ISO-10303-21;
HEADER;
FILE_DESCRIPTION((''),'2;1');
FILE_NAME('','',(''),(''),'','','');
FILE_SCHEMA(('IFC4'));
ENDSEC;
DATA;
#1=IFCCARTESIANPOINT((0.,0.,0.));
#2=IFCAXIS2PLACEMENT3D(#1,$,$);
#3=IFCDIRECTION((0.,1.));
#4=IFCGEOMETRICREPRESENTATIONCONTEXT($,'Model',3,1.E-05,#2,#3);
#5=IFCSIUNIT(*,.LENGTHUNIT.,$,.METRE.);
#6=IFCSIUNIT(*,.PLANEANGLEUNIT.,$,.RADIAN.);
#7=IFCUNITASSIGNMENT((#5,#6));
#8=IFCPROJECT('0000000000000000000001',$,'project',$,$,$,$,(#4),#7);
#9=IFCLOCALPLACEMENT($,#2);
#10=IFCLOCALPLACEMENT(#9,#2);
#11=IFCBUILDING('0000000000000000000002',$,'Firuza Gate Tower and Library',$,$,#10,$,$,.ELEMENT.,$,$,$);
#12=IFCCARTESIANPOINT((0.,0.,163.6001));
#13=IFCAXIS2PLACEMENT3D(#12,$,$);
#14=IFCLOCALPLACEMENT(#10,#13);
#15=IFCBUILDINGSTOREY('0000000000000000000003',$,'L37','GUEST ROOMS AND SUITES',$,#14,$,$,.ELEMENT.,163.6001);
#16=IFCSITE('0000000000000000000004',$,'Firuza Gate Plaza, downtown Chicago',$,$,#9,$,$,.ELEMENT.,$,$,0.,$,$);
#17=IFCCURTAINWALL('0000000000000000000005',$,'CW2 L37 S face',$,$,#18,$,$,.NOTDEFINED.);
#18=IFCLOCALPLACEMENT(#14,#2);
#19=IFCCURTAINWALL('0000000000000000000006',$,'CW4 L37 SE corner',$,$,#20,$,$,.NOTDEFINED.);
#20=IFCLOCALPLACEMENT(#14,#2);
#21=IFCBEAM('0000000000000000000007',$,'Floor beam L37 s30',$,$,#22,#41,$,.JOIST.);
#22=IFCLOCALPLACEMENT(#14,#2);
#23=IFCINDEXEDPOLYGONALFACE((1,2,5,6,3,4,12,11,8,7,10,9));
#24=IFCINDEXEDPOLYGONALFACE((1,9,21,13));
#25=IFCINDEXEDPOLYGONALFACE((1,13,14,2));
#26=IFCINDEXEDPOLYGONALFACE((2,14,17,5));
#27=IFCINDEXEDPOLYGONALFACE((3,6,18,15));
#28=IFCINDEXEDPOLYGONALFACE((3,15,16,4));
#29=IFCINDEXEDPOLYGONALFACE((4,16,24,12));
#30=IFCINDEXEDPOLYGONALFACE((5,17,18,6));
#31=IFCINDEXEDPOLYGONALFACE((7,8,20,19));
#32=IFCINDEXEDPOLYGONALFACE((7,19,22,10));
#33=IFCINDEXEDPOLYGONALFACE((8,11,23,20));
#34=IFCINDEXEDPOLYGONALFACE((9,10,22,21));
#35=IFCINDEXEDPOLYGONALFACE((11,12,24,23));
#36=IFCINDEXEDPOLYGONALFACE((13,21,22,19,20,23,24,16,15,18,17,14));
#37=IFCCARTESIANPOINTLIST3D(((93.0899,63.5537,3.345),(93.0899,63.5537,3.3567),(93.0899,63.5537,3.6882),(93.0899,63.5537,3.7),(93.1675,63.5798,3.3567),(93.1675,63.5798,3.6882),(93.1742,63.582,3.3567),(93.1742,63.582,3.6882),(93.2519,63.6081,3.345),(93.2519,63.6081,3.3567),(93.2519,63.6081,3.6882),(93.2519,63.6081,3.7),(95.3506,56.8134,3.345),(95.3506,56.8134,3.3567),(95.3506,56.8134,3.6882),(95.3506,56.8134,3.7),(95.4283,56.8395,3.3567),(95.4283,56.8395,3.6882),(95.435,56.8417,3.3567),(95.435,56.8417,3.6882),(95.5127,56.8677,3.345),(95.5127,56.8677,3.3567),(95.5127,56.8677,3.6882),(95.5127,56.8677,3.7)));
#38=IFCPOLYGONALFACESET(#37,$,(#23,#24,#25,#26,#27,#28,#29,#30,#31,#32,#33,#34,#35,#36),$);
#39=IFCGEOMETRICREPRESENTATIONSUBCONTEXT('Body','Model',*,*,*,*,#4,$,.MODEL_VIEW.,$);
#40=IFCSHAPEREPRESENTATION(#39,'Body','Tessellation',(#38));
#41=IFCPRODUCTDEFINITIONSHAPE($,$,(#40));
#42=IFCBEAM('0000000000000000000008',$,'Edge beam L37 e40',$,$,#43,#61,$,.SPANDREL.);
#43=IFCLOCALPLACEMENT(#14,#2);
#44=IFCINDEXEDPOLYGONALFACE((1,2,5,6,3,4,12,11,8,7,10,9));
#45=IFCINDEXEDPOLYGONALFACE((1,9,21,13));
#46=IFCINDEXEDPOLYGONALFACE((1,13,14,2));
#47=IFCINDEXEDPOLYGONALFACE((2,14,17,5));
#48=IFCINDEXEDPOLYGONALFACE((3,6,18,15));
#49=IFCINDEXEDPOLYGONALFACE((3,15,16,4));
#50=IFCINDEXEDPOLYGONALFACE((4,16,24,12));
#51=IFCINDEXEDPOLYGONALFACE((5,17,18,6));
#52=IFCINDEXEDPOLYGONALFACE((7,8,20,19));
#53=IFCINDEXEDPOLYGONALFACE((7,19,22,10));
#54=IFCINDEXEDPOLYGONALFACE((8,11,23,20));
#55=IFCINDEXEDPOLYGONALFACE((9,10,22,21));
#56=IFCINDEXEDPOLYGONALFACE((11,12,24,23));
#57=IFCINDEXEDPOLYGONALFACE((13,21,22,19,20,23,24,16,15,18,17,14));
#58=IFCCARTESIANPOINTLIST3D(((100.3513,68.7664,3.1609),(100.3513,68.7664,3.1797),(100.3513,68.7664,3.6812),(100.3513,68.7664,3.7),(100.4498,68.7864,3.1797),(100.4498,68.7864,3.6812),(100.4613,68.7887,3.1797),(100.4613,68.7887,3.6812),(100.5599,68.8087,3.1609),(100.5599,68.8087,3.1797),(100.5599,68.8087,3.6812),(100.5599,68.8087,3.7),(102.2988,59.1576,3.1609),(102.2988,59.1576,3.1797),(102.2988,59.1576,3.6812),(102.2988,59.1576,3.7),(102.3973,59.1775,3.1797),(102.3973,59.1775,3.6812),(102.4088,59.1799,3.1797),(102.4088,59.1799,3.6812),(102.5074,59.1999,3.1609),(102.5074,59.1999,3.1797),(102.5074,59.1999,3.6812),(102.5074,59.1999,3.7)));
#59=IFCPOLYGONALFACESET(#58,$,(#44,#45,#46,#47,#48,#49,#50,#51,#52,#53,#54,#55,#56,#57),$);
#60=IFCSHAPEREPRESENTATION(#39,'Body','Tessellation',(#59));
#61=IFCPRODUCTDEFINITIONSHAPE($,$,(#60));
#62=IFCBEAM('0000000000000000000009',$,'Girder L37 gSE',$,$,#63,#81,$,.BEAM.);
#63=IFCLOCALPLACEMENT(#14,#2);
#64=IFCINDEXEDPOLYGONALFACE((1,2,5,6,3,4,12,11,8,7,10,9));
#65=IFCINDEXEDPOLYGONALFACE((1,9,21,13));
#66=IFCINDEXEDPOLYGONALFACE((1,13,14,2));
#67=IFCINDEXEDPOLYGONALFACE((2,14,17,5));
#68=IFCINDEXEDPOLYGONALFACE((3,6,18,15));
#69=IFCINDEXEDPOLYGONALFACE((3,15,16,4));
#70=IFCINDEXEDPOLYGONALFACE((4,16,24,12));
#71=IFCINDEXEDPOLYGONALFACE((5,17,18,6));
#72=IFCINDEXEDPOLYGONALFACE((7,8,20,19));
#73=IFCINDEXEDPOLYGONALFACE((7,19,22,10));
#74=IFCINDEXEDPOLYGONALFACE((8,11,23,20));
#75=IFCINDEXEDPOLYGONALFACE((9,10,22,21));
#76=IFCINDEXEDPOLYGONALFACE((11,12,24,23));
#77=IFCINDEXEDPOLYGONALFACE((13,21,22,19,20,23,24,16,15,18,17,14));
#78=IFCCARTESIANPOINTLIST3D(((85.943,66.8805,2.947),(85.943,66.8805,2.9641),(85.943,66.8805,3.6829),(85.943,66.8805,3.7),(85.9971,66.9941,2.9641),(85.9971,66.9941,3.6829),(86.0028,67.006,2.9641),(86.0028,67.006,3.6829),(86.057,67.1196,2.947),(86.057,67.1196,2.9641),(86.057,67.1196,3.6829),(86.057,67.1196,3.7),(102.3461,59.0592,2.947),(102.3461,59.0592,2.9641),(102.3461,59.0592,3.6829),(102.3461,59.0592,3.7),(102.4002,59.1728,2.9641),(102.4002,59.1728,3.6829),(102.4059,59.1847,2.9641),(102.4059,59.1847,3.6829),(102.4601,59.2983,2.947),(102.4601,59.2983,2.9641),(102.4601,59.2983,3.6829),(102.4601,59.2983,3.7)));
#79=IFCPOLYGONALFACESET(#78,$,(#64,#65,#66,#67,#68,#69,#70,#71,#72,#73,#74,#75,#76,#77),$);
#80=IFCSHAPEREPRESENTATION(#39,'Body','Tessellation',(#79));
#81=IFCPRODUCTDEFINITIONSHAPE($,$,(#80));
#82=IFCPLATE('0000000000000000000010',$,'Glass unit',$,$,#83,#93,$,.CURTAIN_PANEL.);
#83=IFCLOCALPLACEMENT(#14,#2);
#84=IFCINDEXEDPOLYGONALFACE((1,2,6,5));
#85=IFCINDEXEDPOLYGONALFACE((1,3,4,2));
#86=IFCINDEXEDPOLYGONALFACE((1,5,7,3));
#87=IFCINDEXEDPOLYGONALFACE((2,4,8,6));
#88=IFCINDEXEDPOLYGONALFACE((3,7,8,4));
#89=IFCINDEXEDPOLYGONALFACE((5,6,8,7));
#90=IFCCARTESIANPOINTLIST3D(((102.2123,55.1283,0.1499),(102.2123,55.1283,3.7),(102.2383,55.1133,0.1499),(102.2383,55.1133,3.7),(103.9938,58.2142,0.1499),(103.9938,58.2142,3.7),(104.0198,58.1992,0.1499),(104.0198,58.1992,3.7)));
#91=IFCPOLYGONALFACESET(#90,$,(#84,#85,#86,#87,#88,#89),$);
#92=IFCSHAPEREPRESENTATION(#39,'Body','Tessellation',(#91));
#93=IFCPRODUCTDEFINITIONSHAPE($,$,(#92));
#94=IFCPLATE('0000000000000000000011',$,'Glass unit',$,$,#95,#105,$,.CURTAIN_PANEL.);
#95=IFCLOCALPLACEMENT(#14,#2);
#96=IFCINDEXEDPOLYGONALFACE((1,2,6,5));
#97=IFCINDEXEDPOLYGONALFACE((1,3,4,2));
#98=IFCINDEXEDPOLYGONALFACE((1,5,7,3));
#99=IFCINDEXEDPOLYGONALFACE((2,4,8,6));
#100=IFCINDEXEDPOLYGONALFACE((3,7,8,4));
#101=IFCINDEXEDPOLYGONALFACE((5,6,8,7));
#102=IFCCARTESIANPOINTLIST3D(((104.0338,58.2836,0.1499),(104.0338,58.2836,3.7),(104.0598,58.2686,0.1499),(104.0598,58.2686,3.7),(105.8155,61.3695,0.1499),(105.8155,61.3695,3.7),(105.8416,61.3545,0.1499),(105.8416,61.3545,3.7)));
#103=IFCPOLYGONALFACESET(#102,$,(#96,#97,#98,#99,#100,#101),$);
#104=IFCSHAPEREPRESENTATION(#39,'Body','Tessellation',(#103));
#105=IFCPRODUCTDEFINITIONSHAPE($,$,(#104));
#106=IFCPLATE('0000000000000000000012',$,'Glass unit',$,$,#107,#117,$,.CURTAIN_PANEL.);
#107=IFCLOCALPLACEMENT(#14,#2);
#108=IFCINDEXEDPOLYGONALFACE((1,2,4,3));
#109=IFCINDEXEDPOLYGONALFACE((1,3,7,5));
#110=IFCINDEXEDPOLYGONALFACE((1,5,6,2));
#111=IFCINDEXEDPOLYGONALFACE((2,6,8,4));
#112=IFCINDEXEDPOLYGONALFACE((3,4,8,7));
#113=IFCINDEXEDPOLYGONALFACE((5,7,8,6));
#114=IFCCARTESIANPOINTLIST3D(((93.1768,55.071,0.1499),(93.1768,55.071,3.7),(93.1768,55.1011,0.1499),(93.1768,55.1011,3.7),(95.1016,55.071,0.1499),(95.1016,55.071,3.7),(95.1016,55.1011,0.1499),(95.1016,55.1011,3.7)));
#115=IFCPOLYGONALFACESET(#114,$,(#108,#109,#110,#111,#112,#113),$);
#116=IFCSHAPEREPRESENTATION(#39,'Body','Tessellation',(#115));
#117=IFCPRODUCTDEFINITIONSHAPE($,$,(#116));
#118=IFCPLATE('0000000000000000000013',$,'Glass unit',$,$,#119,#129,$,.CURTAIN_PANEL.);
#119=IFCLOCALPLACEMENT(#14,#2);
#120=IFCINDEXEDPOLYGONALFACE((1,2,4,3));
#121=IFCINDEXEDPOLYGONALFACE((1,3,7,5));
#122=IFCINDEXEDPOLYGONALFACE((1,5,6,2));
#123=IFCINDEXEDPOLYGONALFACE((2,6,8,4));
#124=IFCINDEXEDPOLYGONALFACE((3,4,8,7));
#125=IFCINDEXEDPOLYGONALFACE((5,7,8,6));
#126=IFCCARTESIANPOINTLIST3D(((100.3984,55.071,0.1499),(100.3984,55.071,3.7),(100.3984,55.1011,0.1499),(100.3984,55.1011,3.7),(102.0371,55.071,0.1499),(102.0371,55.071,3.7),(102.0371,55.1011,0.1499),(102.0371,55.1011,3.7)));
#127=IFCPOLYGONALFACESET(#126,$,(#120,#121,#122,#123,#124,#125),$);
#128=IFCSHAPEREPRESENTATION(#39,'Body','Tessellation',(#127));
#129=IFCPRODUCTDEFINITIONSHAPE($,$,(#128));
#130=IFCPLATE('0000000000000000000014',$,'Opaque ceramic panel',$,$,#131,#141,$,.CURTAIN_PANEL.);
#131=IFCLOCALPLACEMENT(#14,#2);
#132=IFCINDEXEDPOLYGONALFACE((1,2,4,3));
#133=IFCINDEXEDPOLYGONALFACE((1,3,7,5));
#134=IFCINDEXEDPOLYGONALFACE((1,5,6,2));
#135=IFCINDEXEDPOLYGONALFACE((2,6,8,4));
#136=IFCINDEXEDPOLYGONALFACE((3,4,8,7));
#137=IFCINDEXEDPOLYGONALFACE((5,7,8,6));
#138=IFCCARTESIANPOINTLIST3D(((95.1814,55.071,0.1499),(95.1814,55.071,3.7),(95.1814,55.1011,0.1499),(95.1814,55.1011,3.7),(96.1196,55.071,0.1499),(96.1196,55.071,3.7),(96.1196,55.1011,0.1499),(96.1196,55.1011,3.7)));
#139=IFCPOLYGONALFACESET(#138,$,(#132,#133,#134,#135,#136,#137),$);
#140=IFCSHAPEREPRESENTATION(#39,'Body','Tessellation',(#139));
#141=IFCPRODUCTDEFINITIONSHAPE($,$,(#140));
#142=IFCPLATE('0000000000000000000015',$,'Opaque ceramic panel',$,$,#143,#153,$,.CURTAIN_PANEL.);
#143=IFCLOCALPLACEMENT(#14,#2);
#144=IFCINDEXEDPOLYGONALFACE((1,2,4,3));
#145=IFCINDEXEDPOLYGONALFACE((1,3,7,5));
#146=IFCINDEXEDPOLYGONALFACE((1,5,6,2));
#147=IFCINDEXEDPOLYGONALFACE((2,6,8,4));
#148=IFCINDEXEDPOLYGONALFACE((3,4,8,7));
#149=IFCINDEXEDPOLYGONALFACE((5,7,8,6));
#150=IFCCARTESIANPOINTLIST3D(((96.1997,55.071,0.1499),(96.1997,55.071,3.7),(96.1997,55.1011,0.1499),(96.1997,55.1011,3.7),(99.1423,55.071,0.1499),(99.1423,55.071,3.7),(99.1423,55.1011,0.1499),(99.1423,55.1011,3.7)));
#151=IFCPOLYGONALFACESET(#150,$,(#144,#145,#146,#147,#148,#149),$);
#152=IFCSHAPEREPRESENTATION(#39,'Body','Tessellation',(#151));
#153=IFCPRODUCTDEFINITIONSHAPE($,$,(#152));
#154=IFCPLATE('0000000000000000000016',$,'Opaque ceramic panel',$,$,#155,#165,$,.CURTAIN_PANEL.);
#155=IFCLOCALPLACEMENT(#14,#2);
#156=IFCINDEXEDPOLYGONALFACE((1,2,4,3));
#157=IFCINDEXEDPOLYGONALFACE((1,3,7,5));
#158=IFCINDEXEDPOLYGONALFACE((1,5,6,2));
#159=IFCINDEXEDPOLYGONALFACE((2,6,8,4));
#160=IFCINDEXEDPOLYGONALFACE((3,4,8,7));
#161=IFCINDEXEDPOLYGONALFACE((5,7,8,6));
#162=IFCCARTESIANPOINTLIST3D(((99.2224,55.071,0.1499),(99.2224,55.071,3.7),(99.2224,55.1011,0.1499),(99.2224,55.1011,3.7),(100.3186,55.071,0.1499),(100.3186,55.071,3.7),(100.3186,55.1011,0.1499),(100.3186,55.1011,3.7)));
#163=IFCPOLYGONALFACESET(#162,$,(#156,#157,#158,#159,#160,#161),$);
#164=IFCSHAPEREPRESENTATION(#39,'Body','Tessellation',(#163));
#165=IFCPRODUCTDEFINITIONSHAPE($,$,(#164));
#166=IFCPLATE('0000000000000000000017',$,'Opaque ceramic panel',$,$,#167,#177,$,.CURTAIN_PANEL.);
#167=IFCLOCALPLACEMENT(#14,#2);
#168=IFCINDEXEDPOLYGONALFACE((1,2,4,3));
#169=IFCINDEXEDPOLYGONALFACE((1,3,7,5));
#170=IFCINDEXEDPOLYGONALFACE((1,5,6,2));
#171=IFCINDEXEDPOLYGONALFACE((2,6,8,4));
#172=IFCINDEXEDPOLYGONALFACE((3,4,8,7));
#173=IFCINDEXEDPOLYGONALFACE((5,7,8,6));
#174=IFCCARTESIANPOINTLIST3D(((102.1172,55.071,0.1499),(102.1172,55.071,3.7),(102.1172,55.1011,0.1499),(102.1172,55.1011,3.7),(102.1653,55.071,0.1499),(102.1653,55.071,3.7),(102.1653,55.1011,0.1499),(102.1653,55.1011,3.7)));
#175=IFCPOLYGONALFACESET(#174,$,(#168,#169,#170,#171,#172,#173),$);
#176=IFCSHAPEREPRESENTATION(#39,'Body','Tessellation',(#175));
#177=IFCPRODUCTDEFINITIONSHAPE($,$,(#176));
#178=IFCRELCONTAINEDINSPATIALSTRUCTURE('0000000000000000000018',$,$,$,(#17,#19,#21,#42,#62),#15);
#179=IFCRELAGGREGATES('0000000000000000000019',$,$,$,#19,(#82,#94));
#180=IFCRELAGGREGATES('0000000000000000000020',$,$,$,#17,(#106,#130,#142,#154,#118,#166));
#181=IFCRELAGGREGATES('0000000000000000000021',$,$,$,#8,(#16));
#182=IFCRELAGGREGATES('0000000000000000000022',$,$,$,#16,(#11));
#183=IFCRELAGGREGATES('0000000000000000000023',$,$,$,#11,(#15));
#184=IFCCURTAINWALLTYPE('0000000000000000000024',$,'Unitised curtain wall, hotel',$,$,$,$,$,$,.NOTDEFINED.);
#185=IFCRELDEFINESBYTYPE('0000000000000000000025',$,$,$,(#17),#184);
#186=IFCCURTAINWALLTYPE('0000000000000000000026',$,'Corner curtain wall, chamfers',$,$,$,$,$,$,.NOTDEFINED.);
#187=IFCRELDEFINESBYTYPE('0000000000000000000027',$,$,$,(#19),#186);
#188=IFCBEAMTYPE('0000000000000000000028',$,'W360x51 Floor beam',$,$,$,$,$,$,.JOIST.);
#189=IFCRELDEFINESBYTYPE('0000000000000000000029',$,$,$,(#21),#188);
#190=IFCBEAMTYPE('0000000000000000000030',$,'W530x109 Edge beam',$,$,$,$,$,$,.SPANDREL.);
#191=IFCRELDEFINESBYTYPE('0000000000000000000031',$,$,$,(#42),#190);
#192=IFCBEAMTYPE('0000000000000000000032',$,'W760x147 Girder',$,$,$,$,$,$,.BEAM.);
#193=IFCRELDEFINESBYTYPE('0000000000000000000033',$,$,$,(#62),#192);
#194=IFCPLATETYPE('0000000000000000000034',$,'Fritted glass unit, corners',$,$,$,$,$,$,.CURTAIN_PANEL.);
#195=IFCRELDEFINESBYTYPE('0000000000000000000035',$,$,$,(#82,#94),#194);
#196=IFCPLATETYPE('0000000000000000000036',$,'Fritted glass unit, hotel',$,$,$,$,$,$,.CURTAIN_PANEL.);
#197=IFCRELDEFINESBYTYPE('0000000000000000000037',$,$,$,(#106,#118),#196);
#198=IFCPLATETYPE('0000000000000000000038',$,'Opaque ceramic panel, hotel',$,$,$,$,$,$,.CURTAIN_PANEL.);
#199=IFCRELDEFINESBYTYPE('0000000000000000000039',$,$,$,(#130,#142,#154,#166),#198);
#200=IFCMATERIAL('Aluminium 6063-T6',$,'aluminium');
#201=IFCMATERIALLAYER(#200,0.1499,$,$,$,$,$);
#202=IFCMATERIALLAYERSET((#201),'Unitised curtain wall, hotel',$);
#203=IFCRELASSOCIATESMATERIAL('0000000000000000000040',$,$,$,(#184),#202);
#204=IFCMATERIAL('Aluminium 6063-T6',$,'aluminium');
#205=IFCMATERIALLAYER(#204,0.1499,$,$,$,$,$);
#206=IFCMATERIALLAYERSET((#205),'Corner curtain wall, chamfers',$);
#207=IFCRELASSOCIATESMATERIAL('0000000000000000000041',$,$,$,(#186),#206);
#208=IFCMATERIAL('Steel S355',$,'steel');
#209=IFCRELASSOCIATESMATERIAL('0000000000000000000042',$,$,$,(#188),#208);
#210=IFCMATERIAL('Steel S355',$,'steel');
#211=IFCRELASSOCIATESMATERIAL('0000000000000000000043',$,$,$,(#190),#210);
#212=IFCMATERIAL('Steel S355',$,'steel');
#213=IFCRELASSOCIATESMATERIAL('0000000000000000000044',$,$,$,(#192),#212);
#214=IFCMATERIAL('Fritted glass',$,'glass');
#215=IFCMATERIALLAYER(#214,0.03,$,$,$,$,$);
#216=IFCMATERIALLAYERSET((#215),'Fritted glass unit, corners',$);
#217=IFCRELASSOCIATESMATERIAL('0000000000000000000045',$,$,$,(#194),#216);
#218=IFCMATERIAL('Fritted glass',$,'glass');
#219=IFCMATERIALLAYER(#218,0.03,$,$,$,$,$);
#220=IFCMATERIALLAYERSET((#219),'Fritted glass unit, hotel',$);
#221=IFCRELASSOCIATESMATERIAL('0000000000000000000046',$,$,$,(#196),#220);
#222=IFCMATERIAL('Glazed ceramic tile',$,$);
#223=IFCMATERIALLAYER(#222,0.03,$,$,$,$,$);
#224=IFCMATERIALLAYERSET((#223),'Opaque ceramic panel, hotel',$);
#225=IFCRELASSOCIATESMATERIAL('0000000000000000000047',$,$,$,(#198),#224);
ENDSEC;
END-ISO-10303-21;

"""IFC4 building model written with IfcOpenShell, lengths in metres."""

from ifc_helpers import new_model, si_unit, direction, frame, origin, origin_2d, place, context, subcontext, project, spatial, polyline, i_section, outline, extrude, material, layer, layer_set, material_profile, profile_set, type_object, element, aggregate, save


model = new_model("IFC4")

# Units and contexts
model_context = context("Model", 3, precision=1e-05, world=origin(), true_north=direction((0.0, 1.0)))
body_context = subcontext(model_context, "Body", "Model", "MODEL_VIEW")
ifc_project = project(units=[si_unit("LENGTHUNIT", "METRE"), si_unit("PLANEANGLEUNIT", "RADIAN")], contexts=[model_context])

# Site, building, storey
site_placement = place(None, origin())
site = spatial("IfcSite", under=ifc_project, at=site_placement, Name="Firuza Gate Plaza, downtown Chicago", CompositionType="ELEMENT", RefElevation=0.0)
building_placement = place(site_placement, origin())
building = spatial("IfcBuilding", under=site, at=building_placement, Name="Firuza Gate Tower and Library", CompositionType="ELEMENT")
storey_placement = place(building_placement, frame((0.0, 0.0, 163.6001)))
storey = spatial("IfcBuildingStorey", under=building, at=storey_placement, Name="L37", Description="GUEST ROOMS AND SUITES", CompositionType="ELEMENT", Elevation=163.6001)

# Curtain walls
ifc_material_1 = material(Name="Aluminium 6063-T6", Category="aluminium")
ifc_layer_1 = layer(ifc_material_1, 0.1499)
ifc_layer_set_1 = layer_set([ifc_layer_1], Name="Unitised curtain wall, hotel")
curtain_wall_type_1 = type_object("IfcCurtainWallType", Name="Unitised curtain wall, hotel", PredefinedType="NOTDEFINED", material=ifc_layer_set_1)
placement = place(storey_placement, origin())
curtain_wall_1 = element("IfcCurtainWall", 1, at=placement, inside=storey, type_object=curtain_wall_type_1, Name="CW2 L37 S face", PredefinedType="NOTDEFINED")
ifc_material_2 = material(Name="Aluminium 6063-T6", Category="aluminium")
ifc_layer_2 = layer(ifc_material_2, 0.1499)
ifc_layer_set_2 = layer_set([ifc_layer_2], Name="Corner curtain wall, chamfers")
curtain_wall_type_2 = type_object("IfcCurtainWallType", Name="Corner curtain wall, chamfers", PredefinedType="NOTDEFINED", material=ifc_layer_set_2)
curtain_wall_2 = element("IfcCurtainWall", 2, at=placement, inside=storey, type_object=curtain_wall_type_2, Name="CW4 L37 SE corner", PredefinedType="NOTDEFINED")

# Beams
ifc_material_3 = material(Name="Steel S355", Category="steel")
ifc_material_profile_1 = material_profile(ifc_material_3, i_section(OverallWidth=0.1709, OverallDepth=0.355, WebThickness=0.0071, FlangeThickness=0.0117, at=origin_2d()))
ifc_profile_set_1 = profile_set([ifc_material_profile_1], Name="Steel S355")
beam_type_1 = type_object("IfcBeamType", Name="W360x51 Floor beam", PredefinedType="JOIST", material=ifc_profile_set_1)
beam_1_placement = place(storey_placement, frame((95.4316, 56.8406, 3.5225), z_axis=(-0.317999, 0.948091, 0.0), x_axis=(-0.948091, -0.317999, 0.0)))
element("IfcBeam", 3, at=beam_1_placement, inside=storey, type_object=beam_type_1, Name="Floor beam L37 s30", PredefinedType="JOIST", context=body_context, shape_type="SweptSolid", body=[
    extrude(i_section(OverallWidth=0.1709, OverallDepth=0.355, WebThickness=0.0071, FlangeThickness=0.0117, at=origin_2d()), origin(), (0.0, 0.0, 1.0), 7.1094),
])
ifc_material_4 = material(Name="Steel S355", Category="steel")
ifc_material_profile_2 = material_profile(ifc_material_4, i_section(OverallWidth=0.2129, OverallDepth=0.5391, WebThickness=0.0117, FlangeThickness=0.0188, at=origin_2d()))
ifc_profile_set_2 = profile_set([ifc_material_profile_2], Name="Steel S355")
beam_type_2 = type_object("IfcBeamType", Name="W530x109 Edge beam", PredefinedType="SPANDREL", material=ifc_profile_set_2)
beam_2_placement = place(storey_placement, frame((102.4031, 59.1787, 3.4304), z_axis=(-0.198639, 0.980073, 0.0), x_axis=(-0.980073, -0.198639, 0.0)))
element("IfcBeam", 4, at=beam_2_placement, inside=storey, type_object=beam_type_2, Name="Edge beam L37 e40", PredefinedType="SPANDREL", context=body_context, shape_type="SweptSolid", body=[
    extrude(i_section(OverallWidth=0.2129, OverallDepth=0.5391, WebThickness=0.0117, FlangeThickness=0.0188, at=origin_2d()), origin(), (0.0, 0.0, 1.0), 9.8042),
])
ifc_material_5 = material(Name="Steel S355", Category="steel")
ifc_material_profile_3 = material_profile(ifc_material_5, i_section(OverallWidth=0.2649, OverallDepth=0.7529, WebThickness=0.0132, FlangeThickness=0.0171, at=origin_2d()))
ifc_profile_set_3 = profile_set([ifc_material_profile_3], Name="Steel S355")
beam_type_3 = type_object("IfcBeamType", Name="W760x147 Girder", PredefinedType="BEAM", material=ifc_profile_set_3)
beam_3_placement = place(storey_placement, frame((102.4031, 59.1787, 3.3235), z_axis=(-0.90264, 0.430396, 0.0), x_axis=(-0.430396, -0.90264, 0.0)))
element("IfcBeam", 5, at=beam_3_placement, inside=storey, type_object=beam_type_3, Name="Girder L37 gSE", PredefinedType="BEAM", context=body_context, shape_type="SweptSolid", body=[
    extrude(i_section(OverallWidth=0.2649, OverallDepth=0.7529, WebThickness=0.0132, FlangeThickness=0.0171, at=origin_2d()), origin(), (0.0, 0.0, 1.0), 18.1724),
])

# Plates
ifc_material_6 = material(Name="Fritted glass", Category="glass")
ifc_layer_3 = layer(ifc_material_6, 0.03)
ifc_layer_set_3 = layer_set([ifc_layer_3], Name="Fritted glass unit, corners")
plate_type_1 = type_object("IfcPlateType", Name="Fritted glass unit, corners", PredefinedType="CURTAIN_PANEL", material=ifc_layer_set_3)
plate_1_placement = place(storey_placement, frame((102.2383, 55.1133, 0.1499), z_axis=(0.866046, -0.499964, 0.0), x_axis=(0.499964, 0.866046, 0.0)))
plate_1 = element("IfcPlate", 6, at=plate_1_placement, type_object=plate_type_1, Name="Glass unit", PredefinedType="CURTAIN_PANEL", context=body_context, shape_type="SweptSolid", body=[
    extrude(outline(polyline([(0.0, 0.0), (3.5632, 0.0), (3.5632, 3.55), (0.0, 3.55), (0.0, 0.0)])), origin(), (0.0, 0.0, -1.0), 0.03),
])
plate_2_placement = place(storey_placement, frame((104.0598, 58.2686, 0.1499), z_axis=(0.866017, -0.500015, 0.0), x_axis=(0.500015, 0.866017, 0.0)))
plate_2 = element("IfcPlate", 7, at=plate_2_placement, type_object=plate_type_1, Name="Glass unit", PredefinedType="CURTAIN_PANEL", context=body_context, shape_type="SweptSolid", body=[
    extrude(outline(polyline([(0.0, 0.0), (3.5634, 0.0), (3.5634, 3.55), (0.0, 3.55), (0.0, 0.0)])), origin(), (0.0, 0.0, -1.0), 0.03),
])
aggregate(curtain_wall_2, [plate_1, plate_2])
ifc_material_7 = material(Name="Fritted glass", Category="glass")
ifc_layer_4 = layer(ifc_material_7, 0.03)
ifc_layer_set_4 = layer_set([ifc_layer_4], Name="Fritted glass unit, hotel")
plate_type_2 = type_object("IfcPlateType", Name="Fritted glass unit, hotel", PredefinedType="CURTAIN_PANEL", material=ifc_layer_set_4)
plate_3_placement = place(storey_placement, frame((93.1768, 55.071, 0.1499), z_axis=(0.0, -1.0, 0.0), x_axis=(1.0, 0.0, 0.0)))
plate_3 = element("IfcPlate", 8, at=plate_3_placement, type_object=plate_type_2, Name="Glass unit", PredefinedType="CURTAIN_PANEL", context=body_context, shape_type="SweptSolid", body=[
    extrude(outline(polyline([(0.0, 0.0), (1.9248, 0.0), (1.9248, 3.55), (0.0, 3.55), (0.0, 0.0)])), origin(), (0.0, 0.0, -1.0), 0.03),
])
plate_4_placement = place(storey_placement, frame((100.3984, 55.071, 0.1499), z_axis=(0.0, -1.0, 0.0), x_axis=(1.0, 0.0, 0.0)))
plate_4 = element("IfcPlate", 9, at=plate_4_placement, type_object=plate_type_2, Name="Glass unit", PredefinedType="CURTAIN_PANEL", context=body_context, shape_type="SweptSolid", body=[
    extrude(outline(polyline([(0.0, 0.0), (1.6387, 0.0), (1.6387, 3.55), (0.0, 3.55), (0.0, 0.0)])), origin(), (0.0, 0.0, -1.0), 0.03),
])
ifc_material_8 = material(Name="Glazed ceramic tile")
ifc_layer_5 = layer(ifc_material_8, 0.03)
ifc_layer_set_5 = layer_set([ifc_layer_5], Name="Opaque ceramic panel, hotel")
plate_type_3 = type_object("IfcPlateType", Name="Opaque ceramic panel, hotel", PredefinedType="CURTAIN_PANEL", material=ifc_layer_set_5)
plate_5_placement = place(storey_placement, frame((95.1814, 55.071, 0.1499), z_axis=(0.0, -1.0, 0.0), x_axis=(1.0, 0.0, 0.0)))
plate_5 = element("IfcPlate", 10, at=plate_5_placement, type_object=plate_type_3, Name="Opaque ceramic panel", PredefinedType="CURTAIN_PANEL", context=body_context, shape_type="SweptSolid", body=[
    extrude(outline(polyline([(0.0, 0.0), (0.9382, 0.0), (0.9382, 3.55), (0.0, 3.55), (0.0, 0.0)])), origin(), (0.0, 0.0, -1.0), 0.03),
])
plate_6_placement = place(storey_placement, frame((96.1997, 55.071, 0.1499), z_axis=(0.0, -1.0, 0.0), x_axis=(1.0, 0.0, 0.0)))
plate_6 = element("IfcPlate", 11, at=plate_6_placement, type_object=plate_type_3, Name="Opaque ceramic panel", PredefinedType="CURTAIN_PANEL", context=body_context, shape_type="SweptSolid", body=[
    extrude(outline(polyline([(0.0, 0.0), (2.9426, 0.0), (2.9426, 3.55), (0.0, 3.55), (0.0, 0.0)])), origin(), (0.0, 0.0, -1.0), 0.03),
])
plate_7_placement = place(storey_placement, frame((99.2224, 55.071, 0.1499), z_axis=(0.0, -1.0, 0.0), x_axis=(1.0, 0.0, 0.0)))
plate_7 = element("IfcPlate", 12, at=plate_7_placement, type_object=plate_type_3, Name="Opaque ceramic panel", PredefinedType="CURTAIN_PANEL", context=body_context, shape_type="SweptSolid", body=[
    extrude(outline(polyline([(0.0, 0.0), (1.0962, 0.0), (1.0962, 3.55), (0.0, 3.55), (0.0, 0.0)])), origin(), (0.0, 0.0, -1.0), 0.03),
])
plate_8_placement = place(storey_placement, frame((102.1172, 55.071, 0.1499), z_axis=(0.0, -1.0, 0.0), x_axis=(1.0, 0.0, 0.0)))
plate_8 = element("IfcPlate", 13, at=plate_8_placement, type_object=plate_type_3, Name="Opaque ceramic panel", PredefinedType="CURTAIN_PANEL", context=body_context, shape_type="SweptSolid", body=[
    extrude(outline(polyline([(0.0, 0.0), (0.0481, 0.0), (0.0481, 3.55), (0.0, 3.55), (0.0, 0.0)])), origin(), (0.0, 0.0, -1.0), 0.03),
])
aggregate(curtain_wall_1, [plate_3, plate_5, plate_6, plate_7, plate_4, plate_8])

save(model, "model.ifc")
